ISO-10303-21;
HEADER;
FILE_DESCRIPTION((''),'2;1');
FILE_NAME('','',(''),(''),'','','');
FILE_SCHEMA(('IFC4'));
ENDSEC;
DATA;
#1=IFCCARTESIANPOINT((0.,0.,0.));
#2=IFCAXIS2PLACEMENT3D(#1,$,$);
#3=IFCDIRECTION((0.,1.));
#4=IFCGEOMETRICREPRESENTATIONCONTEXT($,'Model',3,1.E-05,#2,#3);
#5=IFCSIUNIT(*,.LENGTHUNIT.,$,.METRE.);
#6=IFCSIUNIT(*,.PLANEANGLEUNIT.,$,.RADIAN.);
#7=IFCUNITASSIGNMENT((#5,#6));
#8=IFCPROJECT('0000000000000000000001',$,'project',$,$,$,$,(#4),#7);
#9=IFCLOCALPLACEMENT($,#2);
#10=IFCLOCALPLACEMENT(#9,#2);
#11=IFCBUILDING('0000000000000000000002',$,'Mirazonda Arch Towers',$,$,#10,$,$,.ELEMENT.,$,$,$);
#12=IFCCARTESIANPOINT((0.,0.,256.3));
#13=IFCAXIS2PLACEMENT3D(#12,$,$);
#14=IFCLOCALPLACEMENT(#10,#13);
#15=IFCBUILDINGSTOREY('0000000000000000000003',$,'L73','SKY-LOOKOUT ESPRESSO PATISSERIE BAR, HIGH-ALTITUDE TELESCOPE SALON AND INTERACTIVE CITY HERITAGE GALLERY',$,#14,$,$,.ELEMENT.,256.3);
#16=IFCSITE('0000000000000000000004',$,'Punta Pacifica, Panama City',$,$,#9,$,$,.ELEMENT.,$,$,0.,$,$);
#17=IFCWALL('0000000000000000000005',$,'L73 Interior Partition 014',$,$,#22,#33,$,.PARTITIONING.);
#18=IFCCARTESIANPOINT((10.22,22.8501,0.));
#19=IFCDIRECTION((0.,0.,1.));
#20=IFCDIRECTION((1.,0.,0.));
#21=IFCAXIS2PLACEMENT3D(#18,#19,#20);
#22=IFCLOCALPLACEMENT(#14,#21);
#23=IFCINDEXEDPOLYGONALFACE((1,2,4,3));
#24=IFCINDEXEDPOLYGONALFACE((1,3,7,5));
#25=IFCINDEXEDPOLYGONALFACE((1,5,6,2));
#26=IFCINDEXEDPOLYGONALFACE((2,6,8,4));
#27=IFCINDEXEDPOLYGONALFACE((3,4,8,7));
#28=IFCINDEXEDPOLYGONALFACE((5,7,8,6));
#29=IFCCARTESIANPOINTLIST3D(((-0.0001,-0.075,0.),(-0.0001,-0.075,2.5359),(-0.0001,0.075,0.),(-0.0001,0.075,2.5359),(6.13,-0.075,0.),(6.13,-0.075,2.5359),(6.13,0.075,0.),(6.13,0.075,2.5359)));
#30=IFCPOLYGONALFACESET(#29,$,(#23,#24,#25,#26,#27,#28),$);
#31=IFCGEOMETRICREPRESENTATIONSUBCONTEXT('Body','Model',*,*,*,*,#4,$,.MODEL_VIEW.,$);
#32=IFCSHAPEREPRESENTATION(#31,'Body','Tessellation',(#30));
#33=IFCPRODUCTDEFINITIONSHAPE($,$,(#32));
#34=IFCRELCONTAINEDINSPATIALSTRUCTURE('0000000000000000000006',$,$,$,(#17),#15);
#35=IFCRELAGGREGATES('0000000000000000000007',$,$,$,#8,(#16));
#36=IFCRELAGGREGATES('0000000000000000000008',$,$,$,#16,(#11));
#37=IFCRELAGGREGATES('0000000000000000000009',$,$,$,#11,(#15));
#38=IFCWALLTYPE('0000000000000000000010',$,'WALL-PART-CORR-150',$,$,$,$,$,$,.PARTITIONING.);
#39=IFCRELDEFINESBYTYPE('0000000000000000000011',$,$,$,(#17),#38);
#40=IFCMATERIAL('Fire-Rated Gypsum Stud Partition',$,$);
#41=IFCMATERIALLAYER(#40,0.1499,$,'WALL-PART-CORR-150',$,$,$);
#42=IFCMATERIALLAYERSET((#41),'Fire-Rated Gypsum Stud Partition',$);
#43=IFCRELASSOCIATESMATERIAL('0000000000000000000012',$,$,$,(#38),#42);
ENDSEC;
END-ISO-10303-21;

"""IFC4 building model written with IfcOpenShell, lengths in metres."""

from ifc_helpers import new_model, si_unit, direction, frame, frame_2d, origin, place, context, subcontext, project, spatial, rectangle, extrude, material, layer, layer_set, type_object, element, save


model = new_model("IFC4")

# Units and contexts
model_context = context("Model", 3, precision=1e-05, world=origin(), true_north=direction((0.0, 1.0)))
body_context = subcontext(model_context, "Body", "Model", "MODEL_VIEW")
ifc_project = project(units=[si_unit("LENGTHUNIT", "METRE"), si_unit("PLANEANGLEUNIT", "RADIAN")], contexts=[model_context])

# Site, building, storey
site_placement = place(None, origin())
site = spatial("IfcSite", under=ifc_project, at=site_placement, Name="Punta Pacifica, Panama City", CompositionType="ELEMENT", RefElevation=0.0)
building_placement = place(site_placement, origin())
building = spatial("IfcBuilding", under=site, at=building_placement, Name="Mirazonda Arch Towers", CompositionType="ELEMENT")
storey_placement = place(building_placement, frame((0.0, 0.0, 256.3)))
storey = spatial("IfcBuildingStorey", under=building, at=storey_placement, Name="L73", Description="SKY-LOOKOUT ESPRESSO PATISSERIE BAR, HIGH-ALTITUDE TELESCOPE SALON AND INTERACTIVE CITY HERITAGE GALLERY", CompositionType="ELEMENT", Elevation=256.3)

# Shared definitions
ifc_material_1 = material(Name="Fire-Rated Gypsum Stud Partition")
ifc_layer_1 = layer(ifc_material_1, 0.1499, Name="WALL-PART-CORR-150")
ifc_layer_set_1 = layer_set([ifc_layer_1], Name="Fire-Rated Gypsum Stud Partition")
wall_type_1 = type_object("IfcWallType", Name="WALL-PART-CORR-150", PredefinedType="PARTITIONING", material=ifc_layer_set_1)

# Wall
wall_1_placement = place(storey_placement, frame((10.22, 22.8501, 0.0), z_axis=(0.0, 0.0, 1.0), x_axis=(1.0, 0.0, 0.0)))
element("IfcWall", 1, at=wall_1_placement, inside=storey, type_object=wall_type_1, Name="L73 Interior Partition 014", PredefinedType="PARTITIONING", context=body_context, shape_type="SweptSolid", body=[
    extrude(rectangle(XDim=6.1301, YDim=0.1499, at=frame_2d((3.0649, 0.0))), origin(), (0.0, 0.0, 1.0), 2.5359),
])

save(model, "model.ifc")
